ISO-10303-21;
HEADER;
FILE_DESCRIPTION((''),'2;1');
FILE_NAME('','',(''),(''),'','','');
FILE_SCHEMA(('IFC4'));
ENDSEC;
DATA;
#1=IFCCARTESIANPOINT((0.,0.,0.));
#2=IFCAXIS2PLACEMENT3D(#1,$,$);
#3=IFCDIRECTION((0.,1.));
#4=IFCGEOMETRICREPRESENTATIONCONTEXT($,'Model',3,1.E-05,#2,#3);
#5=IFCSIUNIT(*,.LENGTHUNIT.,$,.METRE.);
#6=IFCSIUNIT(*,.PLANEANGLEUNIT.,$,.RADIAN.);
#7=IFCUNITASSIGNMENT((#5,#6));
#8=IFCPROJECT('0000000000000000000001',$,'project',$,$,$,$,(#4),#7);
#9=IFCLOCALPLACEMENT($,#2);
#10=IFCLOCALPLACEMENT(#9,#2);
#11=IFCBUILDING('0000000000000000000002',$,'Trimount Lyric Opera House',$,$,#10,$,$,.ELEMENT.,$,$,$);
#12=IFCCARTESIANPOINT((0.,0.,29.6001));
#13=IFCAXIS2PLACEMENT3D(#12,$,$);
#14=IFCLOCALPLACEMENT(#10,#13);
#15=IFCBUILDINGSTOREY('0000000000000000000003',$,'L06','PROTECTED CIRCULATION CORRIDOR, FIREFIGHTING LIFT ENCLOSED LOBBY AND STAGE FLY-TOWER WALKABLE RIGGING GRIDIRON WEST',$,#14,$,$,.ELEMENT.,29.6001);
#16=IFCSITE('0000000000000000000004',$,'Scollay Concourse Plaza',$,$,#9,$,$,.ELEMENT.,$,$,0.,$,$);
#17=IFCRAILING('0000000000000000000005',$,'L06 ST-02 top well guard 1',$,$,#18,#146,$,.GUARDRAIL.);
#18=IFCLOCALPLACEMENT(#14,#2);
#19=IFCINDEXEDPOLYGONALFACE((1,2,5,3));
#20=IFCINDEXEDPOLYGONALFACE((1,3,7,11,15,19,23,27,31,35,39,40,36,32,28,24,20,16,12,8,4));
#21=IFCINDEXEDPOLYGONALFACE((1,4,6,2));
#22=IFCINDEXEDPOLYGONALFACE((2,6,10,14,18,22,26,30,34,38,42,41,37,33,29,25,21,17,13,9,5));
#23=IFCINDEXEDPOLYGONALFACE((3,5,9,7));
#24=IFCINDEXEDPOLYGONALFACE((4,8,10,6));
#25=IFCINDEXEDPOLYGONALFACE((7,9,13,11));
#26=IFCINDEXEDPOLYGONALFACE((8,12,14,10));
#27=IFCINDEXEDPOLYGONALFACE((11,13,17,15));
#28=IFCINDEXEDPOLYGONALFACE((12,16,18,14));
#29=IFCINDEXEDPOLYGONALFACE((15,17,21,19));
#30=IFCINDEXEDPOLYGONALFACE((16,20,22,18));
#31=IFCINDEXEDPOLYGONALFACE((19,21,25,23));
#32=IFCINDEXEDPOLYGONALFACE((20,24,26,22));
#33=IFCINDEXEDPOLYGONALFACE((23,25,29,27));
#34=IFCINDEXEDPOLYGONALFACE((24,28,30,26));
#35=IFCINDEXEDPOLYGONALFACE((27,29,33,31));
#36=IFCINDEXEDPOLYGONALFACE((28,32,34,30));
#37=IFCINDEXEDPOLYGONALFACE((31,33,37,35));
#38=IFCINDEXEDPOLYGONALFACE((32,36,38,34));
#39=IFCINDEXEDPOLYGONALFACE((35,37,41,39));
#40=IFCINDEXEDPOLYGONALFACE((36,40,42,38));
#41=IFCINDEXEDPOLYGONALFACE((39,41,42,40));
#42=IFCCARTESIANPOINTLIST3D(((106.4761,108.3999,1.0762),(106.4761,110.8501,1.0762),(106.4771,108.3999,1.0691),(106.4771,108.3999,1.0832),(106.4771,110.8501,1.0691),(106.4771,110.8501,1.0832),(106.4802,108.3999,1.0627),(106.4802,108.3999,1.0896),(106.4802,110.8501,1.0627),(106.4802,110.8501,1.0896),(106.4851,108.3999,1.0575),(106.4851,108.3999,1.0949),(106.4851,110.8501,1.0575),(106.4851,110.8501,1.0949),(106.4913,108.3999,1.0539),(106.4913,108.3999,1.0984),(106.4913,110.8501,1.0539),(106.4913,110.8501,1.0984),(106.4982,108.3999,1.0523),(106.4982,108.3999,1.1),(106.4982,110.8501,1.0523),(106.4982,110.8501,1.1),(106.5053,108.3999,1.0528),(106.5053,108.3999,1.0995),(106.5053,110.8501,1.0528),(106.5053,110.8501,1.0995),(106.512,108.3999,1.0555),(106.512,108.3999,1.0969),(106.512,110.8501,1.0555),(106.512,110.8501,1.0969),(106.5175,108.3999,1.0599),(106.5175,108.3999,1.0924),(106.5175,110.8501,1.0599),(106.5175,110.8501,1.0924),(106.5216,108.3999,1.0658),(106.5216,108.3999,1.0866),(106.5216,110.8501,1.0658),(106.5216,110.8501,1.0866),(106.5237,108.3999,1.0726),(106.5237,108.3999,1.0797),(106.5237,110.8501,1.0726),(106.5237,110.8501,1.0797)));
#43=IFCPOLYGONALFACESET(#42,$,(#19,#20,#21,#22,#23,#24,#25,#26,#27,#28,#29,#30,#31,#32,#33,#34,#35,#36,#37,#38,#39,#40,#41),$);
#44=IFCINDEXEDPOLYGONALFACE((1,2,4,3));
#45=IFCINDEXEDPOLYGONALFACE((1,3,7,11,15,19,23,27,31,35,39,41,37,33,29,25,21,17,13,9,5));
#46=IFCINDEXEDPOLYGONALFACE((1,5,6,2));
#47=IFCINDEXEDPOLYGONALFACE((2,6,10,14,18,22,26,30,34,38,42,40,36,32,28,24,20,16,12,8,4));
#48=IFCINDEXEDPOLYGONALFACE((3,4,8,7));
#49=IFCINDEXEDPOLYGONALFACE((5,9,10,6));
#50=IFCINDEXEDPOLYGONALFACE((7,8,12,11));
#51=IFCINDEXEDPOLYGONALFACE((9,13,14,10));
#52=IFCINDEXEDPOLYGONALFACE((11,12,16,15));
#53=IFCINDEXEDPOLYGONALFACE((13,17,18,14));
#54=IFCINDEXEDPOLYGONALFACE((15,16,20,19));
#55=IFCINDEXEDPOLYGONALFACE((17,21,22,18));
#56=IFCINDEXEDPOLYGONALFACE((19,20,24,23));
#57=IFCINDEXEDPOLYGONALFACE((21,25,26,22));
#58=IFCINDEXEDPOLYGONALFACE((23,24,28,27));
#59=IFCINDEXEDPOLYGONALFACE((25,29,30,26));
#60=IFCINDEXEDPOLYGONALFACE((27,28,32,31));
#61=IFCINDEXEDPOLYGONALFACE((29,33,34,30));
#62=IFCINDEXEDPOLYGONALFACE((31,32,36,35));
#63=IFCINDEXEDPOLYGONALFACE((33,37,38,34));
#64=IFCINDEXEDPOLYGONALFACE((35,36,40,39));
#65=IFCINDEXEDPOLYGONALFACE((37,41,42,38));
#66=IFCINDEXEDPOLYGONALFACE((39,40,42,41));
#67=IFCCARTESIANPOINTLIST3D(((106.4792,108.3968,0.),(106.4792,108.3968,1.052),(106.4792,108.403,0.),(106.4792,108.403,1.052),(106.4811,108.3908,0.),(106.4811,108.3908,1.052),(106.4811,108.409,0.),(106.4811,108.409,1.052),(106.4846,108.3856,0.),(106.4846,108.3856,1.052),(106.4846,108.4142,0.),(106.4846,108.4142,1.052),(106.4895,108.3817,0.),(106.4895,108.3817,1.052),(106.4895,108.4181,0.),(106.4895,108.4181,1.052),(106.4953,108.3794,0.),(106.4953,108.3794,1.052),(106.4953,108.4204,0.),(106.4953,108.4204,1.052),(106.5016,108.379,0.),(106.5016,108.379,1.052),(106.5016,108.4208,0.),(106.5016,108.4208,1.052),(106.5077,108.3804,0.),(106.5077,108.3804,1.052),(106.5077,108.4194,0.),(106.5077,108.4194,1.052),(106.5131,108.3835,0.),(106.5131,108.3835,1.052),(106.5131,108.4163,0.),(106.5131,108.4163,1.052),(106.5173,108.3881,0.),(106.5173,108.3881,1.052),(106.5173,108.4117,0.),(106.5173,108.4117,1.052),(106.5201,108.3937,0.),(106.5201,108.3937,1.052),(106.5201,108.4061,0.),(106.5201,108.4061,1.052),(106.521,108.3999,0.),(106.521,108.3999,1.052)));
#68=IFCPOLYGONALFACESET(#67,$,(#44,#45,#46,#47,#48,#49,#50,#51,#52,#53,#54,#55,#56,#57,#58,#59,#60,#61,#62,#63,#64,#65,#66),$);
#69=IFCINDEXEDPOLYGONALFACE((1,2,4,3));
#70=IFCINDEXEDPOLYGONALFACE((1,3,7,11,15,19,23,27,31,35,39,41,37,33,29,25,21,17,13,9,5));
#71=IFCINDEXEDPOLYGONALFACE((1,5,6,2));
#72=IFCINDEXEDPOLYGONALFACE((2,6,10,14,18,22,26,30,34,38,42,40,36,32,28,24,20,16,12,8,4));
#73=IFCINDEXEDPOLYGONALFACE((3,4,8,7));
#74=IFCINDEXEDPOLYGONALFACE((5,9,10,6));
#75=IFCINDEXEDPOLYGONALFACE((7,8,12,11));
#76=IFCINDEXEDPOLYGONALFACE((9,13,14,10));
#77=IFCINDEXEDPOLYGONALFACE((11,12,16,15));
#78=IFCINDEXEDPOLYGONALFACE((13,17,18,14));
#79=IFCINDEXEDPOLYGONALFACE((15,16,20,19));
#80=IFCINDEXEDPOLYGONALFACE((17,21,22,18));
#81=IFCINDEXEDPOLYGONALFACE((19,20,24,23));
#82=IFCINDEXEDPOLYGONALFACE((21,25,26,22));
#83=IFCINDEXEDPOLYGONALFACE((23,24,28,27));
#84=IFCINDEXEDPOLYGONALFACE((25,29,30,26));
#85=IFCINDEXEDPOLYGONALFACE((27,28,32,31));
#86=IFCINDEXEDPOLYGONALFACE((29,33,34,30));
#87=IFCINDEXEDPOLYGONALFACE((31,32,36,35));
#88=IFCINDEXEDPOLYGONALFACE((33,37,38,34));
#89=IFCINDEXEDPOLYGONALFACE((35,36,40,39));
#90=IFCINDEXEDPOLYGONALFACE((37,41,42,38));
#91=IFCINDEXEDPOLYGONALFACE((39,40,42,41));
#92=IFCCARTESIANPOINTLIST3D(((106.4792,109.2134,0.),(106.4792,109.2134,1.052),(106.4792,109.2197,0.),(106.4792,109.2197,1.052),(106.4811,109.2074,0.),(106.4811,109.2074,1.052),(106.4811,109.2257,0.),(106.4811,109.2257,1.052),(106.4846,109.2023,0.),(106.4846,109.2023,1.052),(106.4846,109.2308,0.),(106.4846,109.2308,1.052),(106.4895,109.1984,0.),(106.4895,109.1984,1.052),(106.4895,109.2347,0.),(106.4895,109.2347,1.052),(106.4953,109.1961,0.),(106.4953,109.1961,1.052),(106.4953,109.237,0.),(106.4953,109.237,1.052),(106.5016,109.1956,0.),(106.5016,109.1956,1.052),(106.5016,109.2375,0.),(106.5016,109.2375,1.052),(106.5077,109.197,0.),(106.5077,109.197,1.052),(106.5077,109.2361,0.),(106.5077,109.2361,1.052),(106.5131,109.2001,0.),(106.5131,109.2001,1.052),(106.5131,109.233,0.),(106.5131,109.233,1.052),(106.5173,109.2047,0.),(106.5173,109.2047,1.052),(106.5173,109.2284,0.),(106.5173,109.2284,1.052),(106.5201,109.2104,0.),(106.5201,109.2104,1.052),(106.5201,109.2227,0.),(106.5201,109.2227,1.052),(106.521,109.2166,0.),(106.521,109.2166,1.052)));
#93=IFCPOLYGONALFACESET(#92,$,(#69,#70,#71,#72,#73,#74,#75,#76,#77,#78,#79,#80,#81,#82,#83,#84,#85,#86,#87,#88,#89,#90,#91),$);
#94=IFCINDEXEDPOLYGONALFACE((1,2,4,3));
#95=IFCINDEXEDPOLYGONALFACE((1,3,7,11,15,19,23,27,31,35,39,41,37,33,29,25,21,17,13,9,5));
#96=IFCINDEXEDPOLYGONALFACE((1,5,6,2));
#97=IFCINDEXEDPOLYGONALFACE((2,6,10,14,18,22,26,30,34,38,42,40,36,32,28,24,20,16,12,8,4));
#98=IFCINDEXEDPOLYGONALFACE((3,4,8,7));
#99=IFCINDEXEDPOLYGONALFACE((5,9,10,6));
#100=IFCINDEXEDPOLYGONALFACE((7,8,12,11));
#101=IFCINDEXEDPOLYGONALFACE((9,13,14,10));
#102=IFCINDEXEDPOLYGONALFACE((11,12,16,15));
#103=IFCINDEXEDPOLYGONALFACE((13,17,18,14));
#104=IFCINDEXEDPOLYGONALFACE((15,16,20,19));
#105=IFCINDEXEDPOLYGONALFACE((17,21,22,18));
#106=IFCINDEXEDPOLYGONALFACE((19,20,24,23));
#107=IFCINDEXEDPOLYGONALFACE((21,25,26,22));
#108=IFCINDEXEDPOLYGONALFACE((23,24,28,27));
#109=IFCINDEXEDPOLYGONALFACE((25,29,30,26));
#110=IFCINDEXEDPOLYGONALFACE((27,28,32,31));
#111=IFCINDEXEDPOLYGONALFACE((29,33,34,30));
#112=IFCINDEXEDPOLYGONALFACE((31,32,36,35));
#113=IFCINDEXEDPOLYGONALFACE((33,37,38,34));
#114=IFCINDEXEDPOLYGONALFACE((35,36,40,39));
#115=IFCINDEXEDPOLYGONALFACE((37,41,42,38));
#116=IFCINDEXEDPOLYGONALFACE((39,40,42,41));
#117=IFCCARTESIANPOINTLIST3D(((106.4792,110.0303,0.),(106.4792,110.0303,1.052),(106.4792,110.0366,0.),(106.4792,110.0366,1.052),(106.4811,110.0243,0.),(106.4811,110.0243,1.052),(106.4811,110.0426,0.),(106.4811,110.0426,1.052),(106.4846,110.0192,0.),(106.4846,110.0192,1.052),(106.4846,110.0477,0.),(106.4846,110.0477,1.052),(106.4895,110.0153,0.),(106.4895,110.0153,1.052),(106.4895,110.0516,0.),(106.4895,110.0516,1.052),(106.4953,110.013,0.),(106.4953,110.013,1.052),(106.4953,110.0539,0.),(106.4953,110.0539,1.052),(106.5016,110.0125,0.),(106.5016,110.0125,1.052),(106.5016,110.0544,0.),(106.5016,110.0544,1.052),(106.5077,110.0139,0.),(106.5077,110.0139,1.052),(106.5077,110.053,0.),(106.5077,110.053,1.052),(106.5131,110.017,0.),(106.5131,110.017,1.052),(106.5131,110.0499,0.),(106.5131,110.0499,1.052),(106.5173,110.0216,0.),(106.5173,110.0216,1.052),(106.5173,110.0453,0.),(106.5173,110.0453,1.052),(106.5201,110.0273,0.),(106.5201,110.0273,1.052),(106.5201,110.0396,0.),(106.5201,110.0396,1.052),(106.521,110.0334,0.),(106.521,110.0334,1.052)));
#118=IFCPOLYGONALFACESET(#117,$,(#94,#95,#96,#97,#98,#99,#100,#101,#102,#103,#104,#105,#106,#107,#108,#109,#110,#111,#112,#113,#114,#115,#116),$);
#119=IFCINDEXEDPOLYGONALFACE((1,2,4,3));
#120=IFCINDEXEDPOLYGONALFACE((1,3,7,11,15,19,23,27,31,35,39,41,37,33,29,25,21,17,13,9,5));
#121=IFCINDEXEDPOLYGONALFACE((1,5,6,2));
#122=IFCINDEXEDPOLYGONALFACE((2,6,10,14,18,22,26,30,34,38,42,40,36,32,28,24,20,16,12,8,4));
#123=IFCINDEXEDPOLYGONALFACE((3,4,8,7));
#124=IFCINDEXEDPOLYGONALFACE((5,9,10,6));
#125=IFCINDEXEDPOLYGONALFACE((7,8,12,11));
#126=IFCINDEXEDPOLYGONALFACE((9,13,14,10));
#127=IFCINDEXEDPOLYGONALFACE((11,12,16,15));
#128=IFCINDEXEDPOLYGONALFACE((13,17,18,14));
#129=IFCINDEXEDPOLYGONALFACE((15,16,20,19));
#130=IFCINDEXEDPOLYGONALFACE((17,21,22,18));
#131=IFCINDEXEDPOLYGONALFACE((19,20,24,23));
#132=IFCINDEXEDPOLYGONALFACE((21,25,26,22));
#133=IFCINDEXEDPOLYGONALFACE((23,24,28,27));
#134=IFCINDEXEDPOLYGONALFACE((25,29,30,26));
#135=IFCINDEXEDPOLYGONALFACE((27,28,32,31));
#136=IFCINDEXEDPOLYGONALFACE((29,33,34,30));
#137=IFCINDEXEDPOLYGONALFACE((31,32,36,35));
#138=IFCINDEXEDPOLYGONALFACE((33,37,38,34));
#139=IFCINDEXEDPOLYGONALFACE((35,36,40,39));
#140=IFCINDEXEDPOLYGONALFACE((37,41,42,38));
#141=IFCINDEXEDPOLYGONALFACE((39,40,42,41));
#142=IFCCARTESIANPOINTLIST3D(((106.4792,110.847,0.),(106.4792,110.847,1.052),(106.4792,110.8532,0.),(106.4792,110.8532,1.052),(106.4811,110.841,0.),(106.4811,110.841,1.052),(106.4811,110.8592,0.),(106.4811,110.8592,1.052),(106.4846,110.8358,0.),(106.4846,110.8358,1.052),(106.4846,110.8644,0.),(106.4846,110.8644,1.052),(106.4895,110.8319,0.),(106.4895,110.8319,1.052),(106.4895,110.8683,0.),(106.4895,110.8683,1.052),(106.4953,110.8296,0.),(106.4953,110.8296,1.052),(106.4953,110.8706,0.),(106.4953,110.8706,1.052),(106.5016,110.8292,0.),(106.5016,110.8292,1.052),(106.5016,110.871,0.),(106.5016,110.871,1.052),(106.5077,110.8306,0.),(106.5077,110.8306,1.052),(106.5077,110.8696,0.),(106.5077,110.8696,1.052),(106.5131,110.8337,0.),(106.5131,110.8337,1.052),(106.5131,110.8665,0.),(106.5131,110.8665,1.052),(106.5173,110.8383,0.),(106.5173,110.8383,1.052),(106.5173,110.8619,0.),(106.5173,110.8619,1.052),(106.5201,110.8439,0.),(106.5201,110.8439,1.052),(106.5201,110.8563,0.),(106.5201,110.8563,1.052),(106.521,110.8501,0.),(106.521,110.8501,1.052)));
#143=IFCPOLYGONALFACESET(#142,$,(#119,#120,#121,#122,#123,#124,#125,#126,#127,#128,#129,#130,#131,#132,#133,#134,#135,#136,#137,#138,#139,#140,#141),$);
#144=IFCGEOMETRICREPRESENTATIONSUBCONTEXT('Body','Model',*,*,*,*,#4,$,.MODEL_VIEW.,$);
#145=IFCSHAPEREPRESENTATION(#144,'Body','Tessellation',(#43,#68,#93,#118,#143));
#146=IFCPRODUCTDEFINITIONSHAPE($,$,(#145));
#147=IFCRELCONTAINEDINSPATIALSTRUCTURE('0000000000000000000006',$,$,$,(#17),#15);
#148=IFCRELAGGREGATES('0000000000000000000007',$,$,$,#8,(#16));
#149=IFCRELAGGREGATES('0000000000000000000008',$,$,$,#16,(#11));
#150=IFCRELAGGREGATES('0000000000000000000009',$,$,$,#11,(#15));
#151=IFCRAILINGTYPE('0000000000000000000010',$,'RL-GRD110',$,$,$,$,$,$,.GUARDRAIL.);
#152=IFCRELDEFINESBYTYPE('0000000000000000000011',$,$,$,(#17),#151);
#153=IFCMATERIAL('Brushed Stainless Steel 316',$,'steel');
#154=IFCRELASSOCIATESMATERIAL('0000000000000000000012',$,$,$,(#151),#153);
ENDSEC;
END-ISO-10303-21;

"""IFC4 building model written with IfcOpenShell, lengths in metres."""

from ifc_helpers import new_model, si_unit, direction, frame, origin, origin_2d, place, context, subcontext, project, spatial, circle, extrude, material, type_object, element, save


model = new_model("IFC4")

# Units and contexts
model_context = context("Model", 3, precision=1e-05, world=origin(), true_north=direction((0.0, 1.0)))
body_context = subcontext(model_context, "Body", "Model", "MODEL_VIEW")
ifc_project = project(units=[si_unit("LENGTHUNIT", "METRE"), si_unit("PLANEANGLEUNIT", "RADIAN")], contexts=[model_context])

# Site, building, storey
site_placement = place(None, origin())
site = spatial("IfcSite", under=ifc_project, at=site_placement, Name="Scollay Concourse Plaza", CompositionType="ELEMENT", RefElevation=0.0)
building_placement = place(site_placement, origin())
building = spatial("IfcBuilding", under=site, at=building_placement, Name="Trimount Lyric Opera House", CompositionType="ELEMENT")
storey_placement = place(building_placement, frame((0.0, 0.0, 29.6001)))
storey = spatial("IfcBuildingStorey", under=building, at=storey_placement, Name="L06", Description="PROTECTED CIRCULATION CORRIDOR, FIREFIGHTING LIFT ENCLOSED LOBBY AND STAGE FLY-TOWER WALKABLE RIGGING GRIDIRON WEST", CompositionType="ELEMENT", Elevation=29.6001)

# Railing
ifc_material_1 = material(Name="Brushed Stainless Steel 316", Category="steel")
railing_type = type_object("IfcRailingType", Name="RL-GRD110", PredefinedType="GUARDRAIL", material=ifc_material_1)
railing_1_placement = place(storey_placement, frame((106.5, 108.3999, 0.0)))
element("IfcRailing", 1, at=railing_1_placement, inside=storey, type_object=railing_type, Name="L06 ST-02 top well guard 1", PredefinedType="GUARDRAIL", context=body_context, shape_type="SweptSolid", body=[
    extrude(circle(Radius=0.0239, at=origin_2d()), frame((0.0, 0.0, 1.0762), z_axis=(0.0, 1.0, 0.0), x_axis=(-1.0, 0.0, 0.0)), (0.0, 0.0, 1.0), 2.4502),
    extrude(circle(Radius=0.021, at=origin_2d()), origin(), (0.0, 0.0, 1.0), 1.052),
    extrude(circle(Radius=0.021, at=origin_2d()), frame((0.0, 0.8167, 0.0)), (0.0, 0.0, 1.0), 1.052),
    extrude(circle(Radius=0.021, at=origin_2d()), frame((0.0, 1.6335, 0.0)), (0.0, 0.0, 1.0), 1.052),
    extrude(circle(Radius=0.021, at=origin_2d()), frame((0.0, 2.4502, 0.0)), (0.0, 0.0, 1.0), 1.052),
])

save(model, "model.ifc")
